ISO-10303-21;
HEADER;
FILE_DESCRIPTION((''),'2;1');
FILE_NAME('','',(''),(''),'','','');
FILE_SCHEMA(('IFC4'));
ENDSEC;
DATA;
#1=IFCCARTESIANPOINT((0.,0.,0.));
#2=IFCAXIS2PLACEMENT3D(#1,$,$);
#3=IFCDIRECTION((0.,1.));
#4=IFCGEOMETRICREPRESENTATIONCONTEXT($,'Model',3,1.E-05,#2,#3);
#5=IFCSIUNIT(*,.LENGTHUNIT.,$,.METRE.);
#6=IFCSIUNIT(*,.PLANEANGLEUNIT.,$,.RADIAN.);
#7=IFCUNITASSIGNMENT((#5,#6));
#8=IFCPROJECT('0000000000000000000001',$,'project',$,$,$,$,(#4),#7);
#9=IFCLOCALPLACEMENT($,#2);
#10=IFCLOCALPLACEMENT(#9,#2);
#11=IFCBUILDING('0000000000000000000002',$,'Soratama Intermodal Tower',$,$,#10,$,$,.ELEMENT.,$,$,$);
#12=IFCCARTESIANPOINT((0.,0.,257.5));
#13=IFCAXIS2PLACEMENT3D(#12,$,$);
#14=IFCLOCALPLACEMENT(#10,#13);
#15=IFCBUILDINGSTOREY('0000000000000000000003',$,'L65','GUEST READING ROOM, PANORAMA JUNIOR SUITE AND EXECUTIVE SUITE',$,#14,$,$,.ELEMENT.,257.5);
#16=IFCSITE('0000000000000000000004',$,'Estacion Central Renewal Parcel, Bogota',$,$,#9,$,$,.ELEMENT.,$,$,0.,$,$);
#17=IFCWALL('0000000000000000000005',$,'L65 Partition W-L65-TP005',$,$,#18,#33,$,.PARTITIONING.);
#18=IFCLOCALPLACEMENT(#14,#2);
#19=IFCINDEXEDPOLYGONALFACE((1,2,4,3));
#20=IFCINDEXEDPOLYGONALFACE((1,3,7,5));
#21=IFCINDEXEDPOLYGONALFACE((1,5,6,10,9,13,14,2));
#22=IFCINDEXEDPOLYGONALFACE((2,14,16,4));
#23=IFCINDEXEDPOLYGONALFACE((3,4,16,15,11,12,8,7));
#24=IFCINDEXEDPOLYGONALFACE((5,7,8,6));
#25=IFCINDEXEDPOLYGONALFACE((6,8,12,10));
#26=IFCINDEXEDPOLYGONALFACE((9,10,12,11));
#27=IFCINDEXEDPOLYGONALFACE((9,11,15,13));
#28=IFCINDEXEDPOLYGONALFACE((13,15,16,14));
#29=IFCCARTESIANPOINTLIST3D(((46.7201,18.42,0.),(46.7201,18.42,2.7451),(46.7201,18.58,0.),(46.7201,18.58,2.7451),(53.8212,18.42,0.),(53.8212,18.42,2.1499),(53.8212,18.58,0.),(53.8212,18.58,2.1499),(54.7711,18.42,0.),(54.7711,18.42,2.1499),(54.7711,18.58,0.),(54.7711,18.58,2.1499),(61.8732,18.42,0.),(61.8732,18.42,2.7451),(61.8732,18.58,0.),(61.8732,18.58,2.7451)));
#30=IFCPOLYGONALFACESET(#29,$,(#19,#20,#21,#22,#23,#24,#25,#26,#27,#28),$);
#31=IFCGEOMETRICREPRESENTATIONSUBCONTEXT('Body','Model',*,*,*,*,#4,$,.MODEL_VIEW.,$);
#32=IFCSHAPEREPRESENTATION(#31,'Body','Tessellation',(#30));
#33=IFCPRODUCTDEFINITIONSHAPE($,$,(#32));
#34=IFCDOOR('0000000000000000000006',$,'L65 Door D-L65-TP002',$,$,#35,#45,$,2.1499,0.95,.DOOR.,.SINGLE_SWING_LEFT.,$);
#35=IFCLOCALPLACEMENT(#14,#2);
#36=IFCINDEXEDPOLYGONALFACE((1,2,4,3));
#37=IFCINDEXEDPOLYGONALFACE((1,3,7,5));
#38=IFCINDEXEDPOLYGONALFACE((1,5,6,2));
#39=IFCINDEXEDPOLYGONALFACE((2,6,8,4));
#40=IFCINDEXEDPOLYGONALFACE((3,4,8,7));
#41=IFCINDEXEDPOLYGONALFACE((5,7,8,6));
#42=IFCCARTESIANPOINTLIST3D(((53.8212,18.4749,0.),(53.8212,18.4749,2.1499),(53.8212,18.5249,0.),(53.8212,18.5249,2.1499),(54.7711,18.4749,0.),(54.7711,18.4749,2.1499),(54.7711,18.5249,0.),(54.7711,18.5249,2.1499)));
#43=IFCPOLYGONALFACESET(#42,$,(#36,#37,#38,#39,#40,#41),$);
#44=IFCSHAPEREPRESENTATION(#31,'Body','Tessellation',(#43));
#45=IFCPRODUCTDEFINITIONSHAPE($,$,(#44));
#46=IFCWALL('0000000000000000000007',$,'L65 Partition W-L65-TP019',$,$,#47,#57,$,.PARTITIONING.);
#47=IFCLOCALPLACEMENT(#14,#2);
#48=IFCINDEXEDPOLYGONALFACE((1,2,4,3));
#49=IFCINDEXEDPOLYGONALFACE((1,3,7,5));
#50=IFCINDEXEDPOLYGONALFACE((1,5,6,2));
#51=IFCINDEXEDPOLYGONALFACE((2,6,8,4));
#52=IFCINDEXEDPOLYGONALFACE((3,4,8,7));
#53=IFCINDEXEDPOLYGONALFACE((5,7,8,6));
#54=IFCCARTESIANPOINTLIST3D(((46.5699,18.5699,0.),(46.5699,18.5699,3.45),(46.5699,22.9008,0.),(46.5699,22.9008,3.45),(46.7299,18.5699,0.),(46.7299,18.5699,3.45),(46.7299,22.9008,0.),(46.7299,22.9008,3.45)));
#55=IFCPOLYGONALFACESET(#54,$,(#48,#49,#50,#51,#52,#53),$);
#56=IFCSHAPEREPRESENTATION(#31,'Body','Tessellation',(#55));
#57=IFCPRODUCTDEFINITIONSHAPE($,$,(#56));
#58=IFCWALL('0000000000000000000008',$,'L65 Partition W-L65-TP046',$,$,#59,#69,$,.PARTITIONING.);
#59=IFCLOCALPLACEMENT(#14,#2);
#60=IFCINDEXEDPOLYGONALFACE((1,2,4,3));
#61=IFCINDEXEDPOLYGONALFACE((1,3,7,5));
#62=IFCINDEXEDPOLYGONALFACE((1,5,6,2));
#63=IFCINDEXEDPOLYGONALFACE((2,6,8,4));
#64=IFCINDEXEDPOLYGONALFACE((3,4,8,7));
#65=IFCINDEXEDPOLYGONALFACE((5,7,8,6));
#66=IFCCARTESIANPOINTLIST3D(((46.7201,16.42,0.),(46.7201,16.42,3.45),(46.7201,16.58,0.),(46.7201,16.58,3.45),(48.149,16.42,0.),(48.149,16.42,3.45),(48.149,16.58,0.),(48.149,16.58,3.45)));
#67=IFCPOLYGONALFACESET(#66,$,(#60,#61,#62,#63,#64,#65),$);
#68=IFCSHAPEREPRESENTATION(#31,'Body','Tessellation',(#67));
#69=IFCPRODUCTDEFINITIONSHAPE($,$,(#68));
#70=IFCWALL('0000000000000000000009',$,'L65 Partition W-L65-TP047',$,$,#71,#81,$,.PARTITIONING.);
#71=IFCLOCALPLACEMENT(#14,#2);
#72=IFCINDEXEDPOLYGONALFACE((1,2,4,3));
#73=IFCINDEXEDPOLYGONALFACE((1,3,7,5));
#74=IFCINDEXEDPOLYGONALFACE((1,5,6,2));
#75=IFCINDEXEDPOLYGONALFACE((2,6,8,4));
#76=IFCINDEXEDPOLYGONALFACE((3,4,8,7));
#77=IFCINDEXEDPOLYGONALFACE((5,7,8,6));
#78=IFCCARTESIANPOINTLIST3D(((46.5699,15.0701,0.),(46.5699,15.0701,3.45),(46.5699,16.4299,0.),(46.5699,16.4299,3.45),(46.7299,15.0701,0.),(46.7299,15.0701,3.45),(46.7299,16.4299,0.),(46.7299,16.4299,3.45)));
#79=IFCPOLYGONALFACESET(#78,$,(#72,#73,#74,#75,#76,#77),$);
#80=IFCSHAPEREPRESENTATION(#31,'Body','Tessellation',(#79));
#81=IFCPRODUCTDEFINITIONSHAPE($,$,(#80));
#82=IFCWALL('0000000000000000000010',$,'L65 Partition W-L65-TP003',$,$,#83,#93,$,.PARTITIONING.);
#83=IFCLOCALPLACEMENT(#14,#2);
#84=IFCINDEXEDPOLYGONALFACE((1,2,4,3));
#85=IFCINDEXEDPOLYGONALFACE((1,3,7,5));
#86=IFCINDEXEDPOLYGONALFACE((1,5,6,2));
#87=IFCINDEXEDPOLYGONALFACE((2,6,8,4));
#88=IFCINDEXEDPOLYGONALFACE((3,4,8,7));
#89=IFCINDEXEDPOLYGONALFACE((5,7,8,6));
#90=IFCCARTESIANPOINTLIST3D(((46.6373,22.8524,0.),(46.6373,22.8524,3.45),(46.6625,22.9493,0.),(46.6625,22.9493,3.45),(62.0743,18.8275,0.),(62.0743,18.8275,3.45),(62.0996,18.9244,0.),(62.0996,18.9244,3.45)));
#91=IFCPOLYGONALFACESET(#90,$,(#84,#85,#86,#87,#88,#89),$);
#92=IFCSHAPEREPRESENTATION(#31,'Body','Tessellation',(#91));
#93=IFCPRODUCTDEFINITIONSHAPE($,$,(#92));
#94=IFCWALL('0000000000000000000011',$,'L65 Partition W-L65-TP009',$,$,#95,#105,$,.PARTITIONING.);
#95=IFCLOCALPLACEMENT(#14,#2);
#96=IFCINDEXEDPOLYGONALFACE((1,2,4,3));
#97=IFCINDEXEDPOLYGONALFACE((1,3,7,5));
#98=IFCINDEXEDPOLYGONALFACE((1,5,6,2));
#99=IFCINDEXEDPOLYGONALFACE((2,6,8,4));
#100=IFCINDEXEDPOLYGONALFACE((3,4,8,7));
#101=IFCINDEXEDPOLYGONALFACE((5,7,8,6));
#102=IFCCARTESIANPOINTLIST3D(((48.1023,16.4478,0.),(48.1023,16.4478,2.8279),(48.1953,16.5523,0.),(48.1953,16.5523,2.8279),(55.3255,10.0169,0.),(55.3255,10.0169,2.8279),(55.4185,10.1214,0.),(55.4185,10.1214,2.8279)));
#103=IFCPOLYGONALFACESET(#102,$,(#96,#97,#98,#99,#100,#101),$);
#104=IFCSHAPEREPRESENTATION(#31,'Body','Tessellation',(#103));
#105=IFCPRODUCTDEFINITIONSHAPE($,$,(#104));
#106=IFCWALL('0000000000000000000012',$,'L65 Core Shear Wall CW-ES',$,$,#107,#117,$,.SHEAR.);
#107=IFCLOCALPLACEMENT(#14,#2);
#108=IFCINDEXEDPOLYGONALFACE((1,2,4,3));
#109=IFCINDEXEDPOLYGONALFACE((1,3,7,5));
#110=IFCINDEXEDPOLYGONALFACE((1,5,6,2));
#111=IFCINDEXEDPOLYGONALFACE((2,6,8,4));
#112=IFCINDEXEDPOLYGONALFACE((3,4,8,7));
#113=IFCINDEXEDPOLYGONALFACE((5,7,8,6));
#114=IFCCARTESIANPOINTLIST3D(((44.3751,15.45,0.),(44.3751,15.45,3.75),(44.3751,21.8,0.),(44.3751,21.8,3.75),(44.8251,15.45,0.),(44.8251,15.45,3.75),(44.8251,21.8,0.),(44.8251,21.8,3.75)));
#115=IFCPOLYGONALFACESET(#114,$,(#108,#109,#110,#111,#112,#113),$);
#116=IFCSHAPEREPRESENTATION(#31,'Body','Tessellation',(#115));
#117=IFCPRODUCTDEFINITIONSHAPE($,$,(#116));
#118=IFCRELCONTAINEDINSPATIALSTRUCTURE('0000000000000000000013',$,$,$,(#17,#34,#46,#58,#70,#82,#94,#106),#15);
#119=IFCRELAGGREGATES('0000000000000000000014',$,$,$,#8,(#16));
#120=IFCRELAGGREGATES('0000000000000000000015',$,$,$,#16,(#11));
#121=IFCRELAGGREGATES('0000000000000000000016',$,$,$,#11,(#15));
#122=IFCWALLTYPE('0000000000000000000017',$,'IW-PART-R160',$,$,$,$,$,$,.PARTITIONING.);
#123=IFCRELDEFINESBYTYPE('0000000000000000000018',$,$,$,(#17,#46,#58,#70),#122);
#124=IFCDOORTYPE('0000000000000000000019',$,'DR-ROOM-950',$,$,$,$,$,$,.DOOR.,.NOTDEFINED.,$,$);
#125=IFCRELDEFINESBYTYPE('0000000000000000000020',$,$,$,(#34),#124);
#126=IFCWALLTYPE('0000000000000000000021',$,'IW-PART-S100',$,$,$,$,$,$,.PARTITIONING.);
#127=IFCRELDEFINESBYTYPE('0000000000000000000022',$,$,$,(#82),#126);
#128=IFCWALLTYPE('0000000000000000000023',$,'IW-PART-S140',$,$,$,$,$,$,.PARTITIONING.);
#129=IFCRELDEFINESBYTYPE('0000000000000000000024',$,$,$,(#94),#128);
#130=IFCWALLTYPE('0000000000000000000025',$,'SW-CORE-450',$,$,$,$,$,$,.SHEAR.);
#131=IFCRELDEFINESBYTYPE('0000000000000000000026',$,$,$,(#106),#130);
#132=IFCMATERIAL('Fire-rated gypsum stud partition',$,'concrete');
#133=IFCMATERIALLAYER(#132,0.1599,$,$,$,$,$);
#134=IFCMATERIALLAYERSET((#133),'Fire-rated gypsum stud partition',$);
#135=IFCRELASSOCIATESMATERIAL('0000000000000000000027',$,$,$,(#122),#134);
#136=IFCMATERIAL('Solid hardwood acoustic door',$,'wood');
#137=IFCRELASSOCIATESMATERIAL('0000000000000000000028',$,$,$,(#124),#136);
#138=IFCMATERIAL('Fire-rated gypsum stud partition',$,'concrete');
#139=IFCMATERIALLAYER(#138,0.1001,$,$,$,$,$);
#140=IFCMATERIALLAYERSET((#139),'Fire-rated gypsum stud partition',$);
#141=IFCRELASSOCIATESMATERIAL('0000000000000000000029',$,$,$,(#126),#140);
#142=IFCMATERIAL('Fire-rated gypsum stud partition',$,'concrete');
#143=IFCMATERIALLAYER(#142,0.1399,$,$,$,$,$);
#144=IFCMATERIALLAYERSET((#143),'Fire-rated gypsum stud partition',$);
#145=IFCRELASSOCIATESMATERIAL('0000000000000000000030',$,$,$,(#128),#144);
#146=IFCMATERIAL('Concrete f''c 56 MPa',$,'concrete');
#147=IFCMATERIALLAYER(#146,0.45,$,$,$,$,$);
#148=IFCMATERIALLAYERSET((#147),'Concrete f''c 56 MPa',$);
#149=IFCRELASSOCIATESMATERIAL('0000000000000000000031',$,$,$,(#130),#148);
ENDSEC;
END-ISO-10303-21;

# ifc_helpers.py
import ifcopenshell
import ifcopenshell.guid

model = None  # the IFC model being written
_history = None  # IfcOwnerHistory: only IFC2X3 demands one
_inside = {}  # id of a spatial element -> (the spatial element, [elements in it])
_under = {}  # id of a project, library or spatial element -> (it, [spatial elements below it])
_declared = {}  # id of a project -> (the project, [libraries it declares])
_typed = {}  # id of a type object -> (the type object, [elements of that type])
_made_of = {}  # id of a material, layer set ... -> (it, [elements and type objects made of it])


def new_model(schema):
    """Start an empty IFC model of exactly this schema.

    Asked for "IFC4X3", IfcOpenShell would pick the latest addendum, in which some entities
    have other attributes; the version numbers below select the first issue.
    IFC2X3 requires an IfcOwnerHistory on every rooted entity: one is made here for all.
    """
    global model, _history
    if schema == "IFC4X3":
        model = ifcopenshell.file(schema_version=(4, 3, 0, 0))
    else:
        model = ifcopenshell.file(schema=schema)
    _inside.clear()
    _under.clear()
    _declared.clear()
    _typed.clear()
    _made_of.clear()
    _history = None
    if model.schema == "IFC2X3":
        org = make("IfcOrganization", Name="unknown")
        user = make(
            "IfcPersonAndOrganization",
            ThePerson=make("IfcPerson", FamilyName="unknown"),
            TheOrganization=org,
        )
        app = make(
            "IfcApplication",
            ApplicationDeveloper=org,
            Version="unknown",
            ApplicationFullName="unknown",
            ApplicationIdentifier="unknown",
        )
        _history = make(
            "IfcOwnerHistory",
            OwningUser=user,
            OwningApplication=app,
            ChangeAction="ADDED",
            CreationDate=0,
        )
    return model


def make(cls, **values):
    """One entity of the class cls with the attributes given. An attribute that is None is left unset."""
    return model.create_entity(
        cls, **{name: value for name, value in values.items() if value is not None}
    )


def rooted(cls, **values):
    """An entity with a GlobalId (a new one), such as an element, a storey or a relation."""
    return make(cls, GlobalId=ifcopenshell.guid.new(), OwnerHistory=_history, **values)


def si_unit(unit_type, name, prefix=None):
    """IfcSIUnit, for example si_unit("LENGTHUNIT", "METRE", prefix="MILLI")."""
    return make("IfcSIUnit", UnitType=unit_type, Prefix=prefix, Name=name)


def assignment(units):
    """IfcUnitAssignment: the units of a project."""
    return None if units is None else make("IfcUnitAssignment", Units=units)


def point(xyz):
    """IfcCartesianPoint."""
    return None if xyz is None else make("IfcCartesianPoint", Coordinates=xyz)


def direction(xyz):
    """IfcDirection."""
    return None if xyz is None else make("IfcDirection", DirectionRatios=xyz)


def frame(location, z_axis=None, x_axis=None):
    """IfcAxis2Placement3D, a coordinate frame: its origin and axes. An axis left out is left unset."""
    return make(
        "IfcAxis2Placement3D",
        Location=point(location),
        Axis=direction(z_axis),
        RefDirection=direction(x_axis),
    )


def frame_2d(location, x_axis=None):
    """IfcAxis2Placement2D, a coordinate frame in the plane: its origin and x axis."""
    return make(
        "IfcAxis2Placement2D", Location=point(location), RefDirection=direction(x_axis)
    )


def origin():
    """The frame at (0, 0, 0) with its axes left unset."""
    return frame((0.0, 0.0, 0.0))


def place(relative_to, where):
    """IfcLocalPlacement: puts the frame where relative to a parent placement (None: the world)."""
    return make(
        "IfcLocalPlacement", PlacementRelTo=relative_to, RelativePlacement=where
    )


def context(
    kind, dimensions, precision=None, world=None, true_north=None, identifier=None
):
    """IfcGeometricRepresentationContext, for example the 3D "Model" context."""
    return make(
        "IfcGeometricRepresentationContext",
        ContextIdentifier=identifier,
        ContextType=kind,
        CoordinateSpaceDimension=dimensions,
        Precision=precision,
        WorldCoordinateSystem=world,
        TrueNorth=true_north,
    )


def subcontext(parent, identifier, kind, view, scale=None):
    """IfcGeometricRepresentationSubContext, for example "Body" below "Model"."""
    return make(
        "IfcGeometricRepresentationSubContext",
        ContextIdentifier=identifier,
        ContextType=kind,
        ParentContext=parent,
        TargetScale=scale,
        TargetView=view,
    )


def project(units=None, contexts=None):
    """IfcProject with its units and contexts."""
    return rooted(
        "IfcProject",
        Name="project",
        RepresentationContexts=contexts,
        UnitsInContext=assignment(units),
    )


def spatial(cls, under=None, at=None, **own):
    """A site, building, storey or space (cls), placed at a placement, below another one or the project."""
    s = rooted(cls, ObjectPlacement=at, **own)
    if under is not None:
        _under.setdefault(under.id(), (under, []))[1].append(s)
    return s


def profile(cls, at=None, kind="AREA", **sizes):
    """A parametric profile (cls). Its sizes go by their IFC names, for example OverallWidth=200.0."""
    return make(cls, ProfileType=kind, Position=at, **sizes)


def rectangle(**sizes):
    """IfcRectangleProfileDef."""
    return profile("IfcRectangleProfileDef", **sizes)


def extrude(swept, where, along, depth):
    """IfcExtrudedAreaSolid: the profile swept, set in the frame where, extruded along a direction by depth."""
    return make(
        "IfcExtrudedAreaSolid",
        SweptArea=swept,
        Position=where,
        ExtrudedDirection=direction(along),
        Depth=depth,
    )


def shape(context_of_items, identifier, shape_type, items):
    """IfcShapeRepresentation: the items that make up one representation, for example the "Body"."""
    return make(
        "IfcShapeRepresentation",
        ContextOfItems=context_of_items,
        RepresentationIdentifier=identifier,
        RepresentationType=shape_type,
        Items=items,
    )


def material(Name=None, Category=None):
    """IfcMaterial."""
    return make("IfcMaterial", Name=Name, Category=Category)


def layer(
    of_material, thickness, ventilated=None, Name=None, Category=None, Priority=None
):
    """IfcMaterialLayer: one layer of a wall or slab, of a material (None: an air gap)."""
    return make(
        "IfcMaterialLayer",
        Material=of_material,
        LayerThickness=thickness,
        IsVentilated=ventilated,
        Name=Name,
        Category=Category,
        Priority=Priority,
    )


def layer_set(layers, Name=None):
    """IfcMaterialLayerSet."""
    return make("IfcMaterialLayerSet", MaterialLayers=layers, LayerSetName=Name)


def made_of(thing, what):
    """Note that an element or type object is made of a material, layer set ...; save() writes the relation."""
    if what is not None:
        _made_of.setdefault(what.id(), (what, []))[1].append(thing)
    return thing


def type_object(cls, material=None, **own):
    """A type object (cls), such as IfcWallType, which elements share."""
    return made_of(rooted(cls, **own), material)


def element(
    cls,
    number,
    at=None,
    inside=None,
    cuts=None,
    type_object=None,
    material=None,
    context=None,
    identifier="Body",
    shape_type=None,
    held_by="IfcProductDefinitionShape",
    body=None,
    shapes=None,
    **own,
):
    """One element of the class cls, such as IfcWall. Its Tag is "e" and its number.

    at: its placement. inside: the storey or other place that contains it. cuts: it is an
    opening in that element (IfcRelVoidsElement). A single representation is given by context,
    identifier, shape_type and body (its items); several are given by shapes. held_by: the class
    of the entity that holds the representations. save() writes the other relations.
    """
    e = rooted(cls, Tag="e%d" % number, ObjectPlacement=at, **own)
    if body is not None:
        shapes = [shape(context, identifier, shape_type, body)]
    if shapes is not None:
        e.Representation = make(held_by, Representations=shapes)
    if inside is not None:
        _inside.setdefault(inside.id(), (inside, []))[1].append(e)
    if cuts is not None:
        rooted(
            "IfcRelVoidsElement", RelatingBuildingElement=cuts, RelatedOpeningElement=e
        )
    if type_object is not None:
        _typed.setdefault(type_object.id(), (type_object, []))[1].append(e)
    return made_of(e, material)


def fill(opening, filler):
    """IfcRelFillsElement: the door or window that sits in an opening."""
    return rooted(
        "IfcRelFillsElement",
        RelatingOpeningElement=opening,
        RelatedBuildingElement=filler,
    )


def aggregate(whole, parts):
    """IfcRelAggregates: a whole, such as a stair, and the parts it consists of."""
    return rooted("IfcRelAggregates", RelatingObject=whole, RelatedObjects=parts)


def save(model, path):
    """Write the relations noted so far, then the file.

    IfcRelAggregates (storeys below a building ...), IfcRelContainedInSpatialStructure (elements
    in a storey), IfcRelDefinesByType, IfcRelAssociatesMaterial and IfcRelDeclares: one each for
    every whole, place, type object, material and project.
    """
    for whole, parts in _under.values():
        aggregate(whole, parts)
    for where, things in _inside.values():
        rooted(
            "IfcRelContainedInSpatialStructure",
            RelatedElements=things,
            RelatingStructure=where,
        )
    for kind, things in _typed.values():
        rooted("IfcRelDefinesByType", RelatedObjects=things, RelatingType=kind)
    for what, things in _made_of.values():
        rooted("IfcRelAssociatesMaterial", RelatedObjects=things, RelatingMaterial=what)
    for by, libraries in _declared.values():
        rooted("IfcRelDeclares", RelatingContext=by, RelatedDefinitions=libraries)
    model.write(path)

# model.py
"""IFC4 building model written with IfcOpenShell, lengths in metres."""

from ifc_helpers import new_model, si_unit, direction, frame, frame_2d, origin, place, context, subcontext, project, spatial, rectangle, extrude, material, layer, layer_set, type_object, element, fill, save


model = new_model("IFC4")

# Units and contexts
model_context = context("Model", 3, precision=1e-05, world=origin(), true_north=direction((0.0, 1.0)))
body_context = subcontext(model_context, "Body", "Model", "MODEL_VIEW")
ifc_project = project(units=[si_unit("LENGTHUNIT", "METRE"), si_unit("PLANEANGLEUNIT", "RADIAN")], contexts=[model_context])

# Site, building, storey
site_placement = place(None, origin())
site = spatial("IfcSite", under=ifc_project, at=site_placement, Name="Estacion Central Renewal Parcel, Bogota", CompositionType="ELEMENT", RefElevation=0.0)
building_placement = place(site_placement, origin())
building = spatial("IfcBuilding", under=site, at=building_placement, Name="Soratama Intermodal Tower", CompositionType="ELEMENT")
storey_placement = place(building_placement, frame((0.0, 0.0, 257.5)))
storey = spatial("IfcBuildingStorey", under=building, at=storey_placement, Name="L65", Description="GUEST READING ROOM, PANORAMA JUNIOR SUITE AND EXECUTIVE SUITE", CompositionType="ELEMENT", Elevation=257.5)

# Wall, opening, door
ifc_material_1 = material(Name="Fire-rated gypsum stud partition", Category="concrete")
ifc_layer_1 = layer(ifc_material_1, 0.1599)
ifc_layer_set_1 = layer_set([ifc_layer_1], Name="Fire-rated gypsum stud partition")
wall_type_1 = type_object("IfcWallType", Name="IW-PART-R160", PredefinedType="PARTITIONING", material=ifc_layer_set_1)
wall_1_placement = place(storey_placement, frame((46.72, 18.5, 0.0), z_axis=(0.0, 0.0, 1.0), x_axis=(1.0, 0.0, 0.0)))
wall_1 = element("IfcWall", 1, at=wall_1_placement, inside=storey, type_object=wall_type_1, Name="L65 Partition W-L65-TP005", PredefinedType="PARTITIONING", context=body_context, shape_type="SweptSolid", body=[
    extrude(rectangle(XDim=15.1531, YDim=0.1599, at=frame_2d((7.5767, 0.0))), origin(), (0.0, 0.0, 1.0), 2.7451),
])
opening_1_placement = place(wall_1_placement, frame((7.1011, 0.0, 0.0)))
opening_1 = element("IfcOpeningElement", 2, at=opening_1_placement, cuts=wall_1, PredefinedType="OPENING", context=body_context, shape_type="SweptSolid", body=[
    extrude(rectangle(XDim=0.95, YDim=2.1499, at=frame_2d((0.4751, 1.075))), frame((0.0, 0.0898, 0.0), z_axis=(0.0, -1.0, 0.0), x_axis=(1.0, 0.0, 0.0)), (0.0, 0.0, 1.0), 0.1799),
])
ifc_material_2 = material(Name="Solid hardwood acoustic door", Category="wood")
door_type = type_object("IfcDoorType", Name="DR-ROOM-950", OperationType="NOTDEFINED", PredefinedType="DOOR", material=ifc_material_2)
door_1_placement = place(opening_1_placement, origin())
door_1 = element("IfcDoor", 3, at=door_1_placement, inside=storey, type_object=door_type, Name="L65 Door D-L65-TP002", OperationType="SINGLE_SWING_LEFT", OverallHeight=2.1499, OverallWidth=0.95, PredefinedType="DOOR", context=body_context, shape_type="SweptSolid", body=[
    extrude(rectangle(XDim=0.95, YDim=2.1499, at=frame_2d((0.4751, 1.075))), frame((0.0, 0.0249, 0.0), z_axis=(0.0, -1.0, 0.0), x_axis=(1.0, 0.0, 0.0)), (0.0, 0.0, 1.0), 0.05),
])
fill(opening_1, door_1)

# Wall
wall_2_placement = place(storey_placement, frame((46.6499, 22.9009, 0.0), z_axis=(0.0, 0.0, 1.0), x_axis=(0.0, -1.0, 0.0)))
element("IfcWall", 4, at=wall_2_placement, inside=storey, type_object=wall_type_1, Name="L65 Partition W-L65-TP019", PredefinedType="PARTITIONING", context=body_context, shape_type="SweptSolid", body=[
    extrude(rectangle(XDim=4.3308, YDim=0.1599, at=frame_2d((2.1655, 0.0))), origin(), (0.0, 0.0, 1.0), 3.45),
])

# Walls
wall_3_placement = place(storey_placement, frame((48.1489, 16.5, 0.0), z_axis=(0.0, 0.0, 1.0), x_axis=(-1.0, 0.0, 0.0)))
element("IfcWall", 5, at=wall_3_placement, inside=storey, type_object=wall_type_1, Name="L65 Partition W-L65-TP046", PredefinedType="PARTITIONING", context=body_context, shape_type="SweptSolid", body=[
    extrude(rectangle(XDim=1.429, YDim=0.1599, at=frame_2d((0.7144, 0.0))), origin(), (0.0, 0.0, 1.0), 3.45),
])
wall_4_placement = place(storey_placement, frame((46.6499, 16.4299, 0.0), z_axis=(0.0, 0.0, 1.0), x_axis=(0.0, -1.0, 0.0)))
element("IfcWall", 6, at=wall_4_placement, inside=storey, type_object=wall_type_1, Name="L65 Partition W-L65-TP047", PredefinedType="PARTITIONING", context=body_context, shape_type="SweptSolid", body=[
    extrude(rectangle(XDim=1.3599, YDim=0.1599, at=frame_2d((0.6799, 0.0))), origin(), (0.0, 0.0, 1.0), 3.45),
])
ifc_material_3 = material(Name="Fire-rated gypsum stud partition", Category="concrete")
ifc_layer_2 = layer(ifc_material_3, 0.1001)
ifc_layer_set_2 = layer_set([ifc_layer_2], Name="Fire-rated gypsum stud partition")
wall_type_2 = type_object("IfcWallType", Name="IW-PART-S100", PredefinedType="PARTITIONING", material=ifc_layer_set_2)
wall_5_placement = place(storey_placement, frame((46.6499, 22.9009, 0.0), z_axis=(0.0, 0.0, 1.0), x_axis=(0.96765, -0.252296, 0.0)))
element("IfcWall", 7, at=wall_5_placement, inside=storey, type_object=wall_type_2, Name="L65 Partition W-L65-TP003", PredefinedType="PARTITIONING", context=body_context, shape_type="SweptSolid", body=[
    extrude(rectangle(XDim=15.9531, YDim=0.1001, at=frame_2d((7.9766, 0.0))), origin(), (0.0, 0.0, 1.0), 3.45),
])
ifc_material_4 = material(Name="Fire-rated gypsum stud partition", Category="concrete")
ifc_layer_3 = layer(ifc_material_4, 0.1399)
ifc_layer_set_3 = layer_set([ifc_layer_3], Name="Fire-rated gypsum stud partition")
wall_type_3 = type_object("IfcWallType", Name="IW-PART-S140", PredefinedType="PARTITIONING", material=ifc_layer_set_3)
wall_6_placement = place(storey_placement, frame((48.1489, 16.5, 0.0), z_axis=(0.0, 0.0, 1.0), x_axis=(0.746878, -0.664961, 0.0)))
element("IfcWall", 8, at=wall_6_placement, inside=storey, type_object=wall_type_3, Name="L65 Partition W-L65-TP009", PredefinedType="PARTITIONING", context=body_context, shape_type="SweptSolid", body=[
    extrude(rectangle(XDim=9.6711, YDim=0.1399, at=frame_2d((4.8354, 0.0))), origin(), (0.0, 0.0, 1.0), 2.8279),
])
ifc_material_5 = material(Name="Concrete f'c 56 MPa", Category="concrete")
ifc_layer_4 = layer(ifc_material_5, 0.45)
ifc_layer_set_4 = layer_set([ifc_layer_4], Name="Concrete f'c 56 MPa")
wall_type_4 = type_object("IfcWallType", Name="SW-CORE-450", PredefinedType="SHEAR", material=ifc_layer_set_4)
wall_7_placement = place(storey_placement, frame((44.6001, 15.45, 0.0), z_axis=(0.0, 0.0, 1.0), x_axis=(0.0, 1.0, 0.0)))
element("IfcWall", 9, at=wall_7_placement, inside=storey, type_object=wall_type_4, Name="L65 Core Shear Wall CW-ES", PredefinedType="SHEAR", context=body_context, shape_type="SweptSolid", body=[
    extrude(rectangle(XDim=6.3501, YDim=0.45, at=frame_2d((3.175, 0.0))), origin(), (0.0, 0.0, 1.0), 3.75),
])

save(model, "model.ifc")
